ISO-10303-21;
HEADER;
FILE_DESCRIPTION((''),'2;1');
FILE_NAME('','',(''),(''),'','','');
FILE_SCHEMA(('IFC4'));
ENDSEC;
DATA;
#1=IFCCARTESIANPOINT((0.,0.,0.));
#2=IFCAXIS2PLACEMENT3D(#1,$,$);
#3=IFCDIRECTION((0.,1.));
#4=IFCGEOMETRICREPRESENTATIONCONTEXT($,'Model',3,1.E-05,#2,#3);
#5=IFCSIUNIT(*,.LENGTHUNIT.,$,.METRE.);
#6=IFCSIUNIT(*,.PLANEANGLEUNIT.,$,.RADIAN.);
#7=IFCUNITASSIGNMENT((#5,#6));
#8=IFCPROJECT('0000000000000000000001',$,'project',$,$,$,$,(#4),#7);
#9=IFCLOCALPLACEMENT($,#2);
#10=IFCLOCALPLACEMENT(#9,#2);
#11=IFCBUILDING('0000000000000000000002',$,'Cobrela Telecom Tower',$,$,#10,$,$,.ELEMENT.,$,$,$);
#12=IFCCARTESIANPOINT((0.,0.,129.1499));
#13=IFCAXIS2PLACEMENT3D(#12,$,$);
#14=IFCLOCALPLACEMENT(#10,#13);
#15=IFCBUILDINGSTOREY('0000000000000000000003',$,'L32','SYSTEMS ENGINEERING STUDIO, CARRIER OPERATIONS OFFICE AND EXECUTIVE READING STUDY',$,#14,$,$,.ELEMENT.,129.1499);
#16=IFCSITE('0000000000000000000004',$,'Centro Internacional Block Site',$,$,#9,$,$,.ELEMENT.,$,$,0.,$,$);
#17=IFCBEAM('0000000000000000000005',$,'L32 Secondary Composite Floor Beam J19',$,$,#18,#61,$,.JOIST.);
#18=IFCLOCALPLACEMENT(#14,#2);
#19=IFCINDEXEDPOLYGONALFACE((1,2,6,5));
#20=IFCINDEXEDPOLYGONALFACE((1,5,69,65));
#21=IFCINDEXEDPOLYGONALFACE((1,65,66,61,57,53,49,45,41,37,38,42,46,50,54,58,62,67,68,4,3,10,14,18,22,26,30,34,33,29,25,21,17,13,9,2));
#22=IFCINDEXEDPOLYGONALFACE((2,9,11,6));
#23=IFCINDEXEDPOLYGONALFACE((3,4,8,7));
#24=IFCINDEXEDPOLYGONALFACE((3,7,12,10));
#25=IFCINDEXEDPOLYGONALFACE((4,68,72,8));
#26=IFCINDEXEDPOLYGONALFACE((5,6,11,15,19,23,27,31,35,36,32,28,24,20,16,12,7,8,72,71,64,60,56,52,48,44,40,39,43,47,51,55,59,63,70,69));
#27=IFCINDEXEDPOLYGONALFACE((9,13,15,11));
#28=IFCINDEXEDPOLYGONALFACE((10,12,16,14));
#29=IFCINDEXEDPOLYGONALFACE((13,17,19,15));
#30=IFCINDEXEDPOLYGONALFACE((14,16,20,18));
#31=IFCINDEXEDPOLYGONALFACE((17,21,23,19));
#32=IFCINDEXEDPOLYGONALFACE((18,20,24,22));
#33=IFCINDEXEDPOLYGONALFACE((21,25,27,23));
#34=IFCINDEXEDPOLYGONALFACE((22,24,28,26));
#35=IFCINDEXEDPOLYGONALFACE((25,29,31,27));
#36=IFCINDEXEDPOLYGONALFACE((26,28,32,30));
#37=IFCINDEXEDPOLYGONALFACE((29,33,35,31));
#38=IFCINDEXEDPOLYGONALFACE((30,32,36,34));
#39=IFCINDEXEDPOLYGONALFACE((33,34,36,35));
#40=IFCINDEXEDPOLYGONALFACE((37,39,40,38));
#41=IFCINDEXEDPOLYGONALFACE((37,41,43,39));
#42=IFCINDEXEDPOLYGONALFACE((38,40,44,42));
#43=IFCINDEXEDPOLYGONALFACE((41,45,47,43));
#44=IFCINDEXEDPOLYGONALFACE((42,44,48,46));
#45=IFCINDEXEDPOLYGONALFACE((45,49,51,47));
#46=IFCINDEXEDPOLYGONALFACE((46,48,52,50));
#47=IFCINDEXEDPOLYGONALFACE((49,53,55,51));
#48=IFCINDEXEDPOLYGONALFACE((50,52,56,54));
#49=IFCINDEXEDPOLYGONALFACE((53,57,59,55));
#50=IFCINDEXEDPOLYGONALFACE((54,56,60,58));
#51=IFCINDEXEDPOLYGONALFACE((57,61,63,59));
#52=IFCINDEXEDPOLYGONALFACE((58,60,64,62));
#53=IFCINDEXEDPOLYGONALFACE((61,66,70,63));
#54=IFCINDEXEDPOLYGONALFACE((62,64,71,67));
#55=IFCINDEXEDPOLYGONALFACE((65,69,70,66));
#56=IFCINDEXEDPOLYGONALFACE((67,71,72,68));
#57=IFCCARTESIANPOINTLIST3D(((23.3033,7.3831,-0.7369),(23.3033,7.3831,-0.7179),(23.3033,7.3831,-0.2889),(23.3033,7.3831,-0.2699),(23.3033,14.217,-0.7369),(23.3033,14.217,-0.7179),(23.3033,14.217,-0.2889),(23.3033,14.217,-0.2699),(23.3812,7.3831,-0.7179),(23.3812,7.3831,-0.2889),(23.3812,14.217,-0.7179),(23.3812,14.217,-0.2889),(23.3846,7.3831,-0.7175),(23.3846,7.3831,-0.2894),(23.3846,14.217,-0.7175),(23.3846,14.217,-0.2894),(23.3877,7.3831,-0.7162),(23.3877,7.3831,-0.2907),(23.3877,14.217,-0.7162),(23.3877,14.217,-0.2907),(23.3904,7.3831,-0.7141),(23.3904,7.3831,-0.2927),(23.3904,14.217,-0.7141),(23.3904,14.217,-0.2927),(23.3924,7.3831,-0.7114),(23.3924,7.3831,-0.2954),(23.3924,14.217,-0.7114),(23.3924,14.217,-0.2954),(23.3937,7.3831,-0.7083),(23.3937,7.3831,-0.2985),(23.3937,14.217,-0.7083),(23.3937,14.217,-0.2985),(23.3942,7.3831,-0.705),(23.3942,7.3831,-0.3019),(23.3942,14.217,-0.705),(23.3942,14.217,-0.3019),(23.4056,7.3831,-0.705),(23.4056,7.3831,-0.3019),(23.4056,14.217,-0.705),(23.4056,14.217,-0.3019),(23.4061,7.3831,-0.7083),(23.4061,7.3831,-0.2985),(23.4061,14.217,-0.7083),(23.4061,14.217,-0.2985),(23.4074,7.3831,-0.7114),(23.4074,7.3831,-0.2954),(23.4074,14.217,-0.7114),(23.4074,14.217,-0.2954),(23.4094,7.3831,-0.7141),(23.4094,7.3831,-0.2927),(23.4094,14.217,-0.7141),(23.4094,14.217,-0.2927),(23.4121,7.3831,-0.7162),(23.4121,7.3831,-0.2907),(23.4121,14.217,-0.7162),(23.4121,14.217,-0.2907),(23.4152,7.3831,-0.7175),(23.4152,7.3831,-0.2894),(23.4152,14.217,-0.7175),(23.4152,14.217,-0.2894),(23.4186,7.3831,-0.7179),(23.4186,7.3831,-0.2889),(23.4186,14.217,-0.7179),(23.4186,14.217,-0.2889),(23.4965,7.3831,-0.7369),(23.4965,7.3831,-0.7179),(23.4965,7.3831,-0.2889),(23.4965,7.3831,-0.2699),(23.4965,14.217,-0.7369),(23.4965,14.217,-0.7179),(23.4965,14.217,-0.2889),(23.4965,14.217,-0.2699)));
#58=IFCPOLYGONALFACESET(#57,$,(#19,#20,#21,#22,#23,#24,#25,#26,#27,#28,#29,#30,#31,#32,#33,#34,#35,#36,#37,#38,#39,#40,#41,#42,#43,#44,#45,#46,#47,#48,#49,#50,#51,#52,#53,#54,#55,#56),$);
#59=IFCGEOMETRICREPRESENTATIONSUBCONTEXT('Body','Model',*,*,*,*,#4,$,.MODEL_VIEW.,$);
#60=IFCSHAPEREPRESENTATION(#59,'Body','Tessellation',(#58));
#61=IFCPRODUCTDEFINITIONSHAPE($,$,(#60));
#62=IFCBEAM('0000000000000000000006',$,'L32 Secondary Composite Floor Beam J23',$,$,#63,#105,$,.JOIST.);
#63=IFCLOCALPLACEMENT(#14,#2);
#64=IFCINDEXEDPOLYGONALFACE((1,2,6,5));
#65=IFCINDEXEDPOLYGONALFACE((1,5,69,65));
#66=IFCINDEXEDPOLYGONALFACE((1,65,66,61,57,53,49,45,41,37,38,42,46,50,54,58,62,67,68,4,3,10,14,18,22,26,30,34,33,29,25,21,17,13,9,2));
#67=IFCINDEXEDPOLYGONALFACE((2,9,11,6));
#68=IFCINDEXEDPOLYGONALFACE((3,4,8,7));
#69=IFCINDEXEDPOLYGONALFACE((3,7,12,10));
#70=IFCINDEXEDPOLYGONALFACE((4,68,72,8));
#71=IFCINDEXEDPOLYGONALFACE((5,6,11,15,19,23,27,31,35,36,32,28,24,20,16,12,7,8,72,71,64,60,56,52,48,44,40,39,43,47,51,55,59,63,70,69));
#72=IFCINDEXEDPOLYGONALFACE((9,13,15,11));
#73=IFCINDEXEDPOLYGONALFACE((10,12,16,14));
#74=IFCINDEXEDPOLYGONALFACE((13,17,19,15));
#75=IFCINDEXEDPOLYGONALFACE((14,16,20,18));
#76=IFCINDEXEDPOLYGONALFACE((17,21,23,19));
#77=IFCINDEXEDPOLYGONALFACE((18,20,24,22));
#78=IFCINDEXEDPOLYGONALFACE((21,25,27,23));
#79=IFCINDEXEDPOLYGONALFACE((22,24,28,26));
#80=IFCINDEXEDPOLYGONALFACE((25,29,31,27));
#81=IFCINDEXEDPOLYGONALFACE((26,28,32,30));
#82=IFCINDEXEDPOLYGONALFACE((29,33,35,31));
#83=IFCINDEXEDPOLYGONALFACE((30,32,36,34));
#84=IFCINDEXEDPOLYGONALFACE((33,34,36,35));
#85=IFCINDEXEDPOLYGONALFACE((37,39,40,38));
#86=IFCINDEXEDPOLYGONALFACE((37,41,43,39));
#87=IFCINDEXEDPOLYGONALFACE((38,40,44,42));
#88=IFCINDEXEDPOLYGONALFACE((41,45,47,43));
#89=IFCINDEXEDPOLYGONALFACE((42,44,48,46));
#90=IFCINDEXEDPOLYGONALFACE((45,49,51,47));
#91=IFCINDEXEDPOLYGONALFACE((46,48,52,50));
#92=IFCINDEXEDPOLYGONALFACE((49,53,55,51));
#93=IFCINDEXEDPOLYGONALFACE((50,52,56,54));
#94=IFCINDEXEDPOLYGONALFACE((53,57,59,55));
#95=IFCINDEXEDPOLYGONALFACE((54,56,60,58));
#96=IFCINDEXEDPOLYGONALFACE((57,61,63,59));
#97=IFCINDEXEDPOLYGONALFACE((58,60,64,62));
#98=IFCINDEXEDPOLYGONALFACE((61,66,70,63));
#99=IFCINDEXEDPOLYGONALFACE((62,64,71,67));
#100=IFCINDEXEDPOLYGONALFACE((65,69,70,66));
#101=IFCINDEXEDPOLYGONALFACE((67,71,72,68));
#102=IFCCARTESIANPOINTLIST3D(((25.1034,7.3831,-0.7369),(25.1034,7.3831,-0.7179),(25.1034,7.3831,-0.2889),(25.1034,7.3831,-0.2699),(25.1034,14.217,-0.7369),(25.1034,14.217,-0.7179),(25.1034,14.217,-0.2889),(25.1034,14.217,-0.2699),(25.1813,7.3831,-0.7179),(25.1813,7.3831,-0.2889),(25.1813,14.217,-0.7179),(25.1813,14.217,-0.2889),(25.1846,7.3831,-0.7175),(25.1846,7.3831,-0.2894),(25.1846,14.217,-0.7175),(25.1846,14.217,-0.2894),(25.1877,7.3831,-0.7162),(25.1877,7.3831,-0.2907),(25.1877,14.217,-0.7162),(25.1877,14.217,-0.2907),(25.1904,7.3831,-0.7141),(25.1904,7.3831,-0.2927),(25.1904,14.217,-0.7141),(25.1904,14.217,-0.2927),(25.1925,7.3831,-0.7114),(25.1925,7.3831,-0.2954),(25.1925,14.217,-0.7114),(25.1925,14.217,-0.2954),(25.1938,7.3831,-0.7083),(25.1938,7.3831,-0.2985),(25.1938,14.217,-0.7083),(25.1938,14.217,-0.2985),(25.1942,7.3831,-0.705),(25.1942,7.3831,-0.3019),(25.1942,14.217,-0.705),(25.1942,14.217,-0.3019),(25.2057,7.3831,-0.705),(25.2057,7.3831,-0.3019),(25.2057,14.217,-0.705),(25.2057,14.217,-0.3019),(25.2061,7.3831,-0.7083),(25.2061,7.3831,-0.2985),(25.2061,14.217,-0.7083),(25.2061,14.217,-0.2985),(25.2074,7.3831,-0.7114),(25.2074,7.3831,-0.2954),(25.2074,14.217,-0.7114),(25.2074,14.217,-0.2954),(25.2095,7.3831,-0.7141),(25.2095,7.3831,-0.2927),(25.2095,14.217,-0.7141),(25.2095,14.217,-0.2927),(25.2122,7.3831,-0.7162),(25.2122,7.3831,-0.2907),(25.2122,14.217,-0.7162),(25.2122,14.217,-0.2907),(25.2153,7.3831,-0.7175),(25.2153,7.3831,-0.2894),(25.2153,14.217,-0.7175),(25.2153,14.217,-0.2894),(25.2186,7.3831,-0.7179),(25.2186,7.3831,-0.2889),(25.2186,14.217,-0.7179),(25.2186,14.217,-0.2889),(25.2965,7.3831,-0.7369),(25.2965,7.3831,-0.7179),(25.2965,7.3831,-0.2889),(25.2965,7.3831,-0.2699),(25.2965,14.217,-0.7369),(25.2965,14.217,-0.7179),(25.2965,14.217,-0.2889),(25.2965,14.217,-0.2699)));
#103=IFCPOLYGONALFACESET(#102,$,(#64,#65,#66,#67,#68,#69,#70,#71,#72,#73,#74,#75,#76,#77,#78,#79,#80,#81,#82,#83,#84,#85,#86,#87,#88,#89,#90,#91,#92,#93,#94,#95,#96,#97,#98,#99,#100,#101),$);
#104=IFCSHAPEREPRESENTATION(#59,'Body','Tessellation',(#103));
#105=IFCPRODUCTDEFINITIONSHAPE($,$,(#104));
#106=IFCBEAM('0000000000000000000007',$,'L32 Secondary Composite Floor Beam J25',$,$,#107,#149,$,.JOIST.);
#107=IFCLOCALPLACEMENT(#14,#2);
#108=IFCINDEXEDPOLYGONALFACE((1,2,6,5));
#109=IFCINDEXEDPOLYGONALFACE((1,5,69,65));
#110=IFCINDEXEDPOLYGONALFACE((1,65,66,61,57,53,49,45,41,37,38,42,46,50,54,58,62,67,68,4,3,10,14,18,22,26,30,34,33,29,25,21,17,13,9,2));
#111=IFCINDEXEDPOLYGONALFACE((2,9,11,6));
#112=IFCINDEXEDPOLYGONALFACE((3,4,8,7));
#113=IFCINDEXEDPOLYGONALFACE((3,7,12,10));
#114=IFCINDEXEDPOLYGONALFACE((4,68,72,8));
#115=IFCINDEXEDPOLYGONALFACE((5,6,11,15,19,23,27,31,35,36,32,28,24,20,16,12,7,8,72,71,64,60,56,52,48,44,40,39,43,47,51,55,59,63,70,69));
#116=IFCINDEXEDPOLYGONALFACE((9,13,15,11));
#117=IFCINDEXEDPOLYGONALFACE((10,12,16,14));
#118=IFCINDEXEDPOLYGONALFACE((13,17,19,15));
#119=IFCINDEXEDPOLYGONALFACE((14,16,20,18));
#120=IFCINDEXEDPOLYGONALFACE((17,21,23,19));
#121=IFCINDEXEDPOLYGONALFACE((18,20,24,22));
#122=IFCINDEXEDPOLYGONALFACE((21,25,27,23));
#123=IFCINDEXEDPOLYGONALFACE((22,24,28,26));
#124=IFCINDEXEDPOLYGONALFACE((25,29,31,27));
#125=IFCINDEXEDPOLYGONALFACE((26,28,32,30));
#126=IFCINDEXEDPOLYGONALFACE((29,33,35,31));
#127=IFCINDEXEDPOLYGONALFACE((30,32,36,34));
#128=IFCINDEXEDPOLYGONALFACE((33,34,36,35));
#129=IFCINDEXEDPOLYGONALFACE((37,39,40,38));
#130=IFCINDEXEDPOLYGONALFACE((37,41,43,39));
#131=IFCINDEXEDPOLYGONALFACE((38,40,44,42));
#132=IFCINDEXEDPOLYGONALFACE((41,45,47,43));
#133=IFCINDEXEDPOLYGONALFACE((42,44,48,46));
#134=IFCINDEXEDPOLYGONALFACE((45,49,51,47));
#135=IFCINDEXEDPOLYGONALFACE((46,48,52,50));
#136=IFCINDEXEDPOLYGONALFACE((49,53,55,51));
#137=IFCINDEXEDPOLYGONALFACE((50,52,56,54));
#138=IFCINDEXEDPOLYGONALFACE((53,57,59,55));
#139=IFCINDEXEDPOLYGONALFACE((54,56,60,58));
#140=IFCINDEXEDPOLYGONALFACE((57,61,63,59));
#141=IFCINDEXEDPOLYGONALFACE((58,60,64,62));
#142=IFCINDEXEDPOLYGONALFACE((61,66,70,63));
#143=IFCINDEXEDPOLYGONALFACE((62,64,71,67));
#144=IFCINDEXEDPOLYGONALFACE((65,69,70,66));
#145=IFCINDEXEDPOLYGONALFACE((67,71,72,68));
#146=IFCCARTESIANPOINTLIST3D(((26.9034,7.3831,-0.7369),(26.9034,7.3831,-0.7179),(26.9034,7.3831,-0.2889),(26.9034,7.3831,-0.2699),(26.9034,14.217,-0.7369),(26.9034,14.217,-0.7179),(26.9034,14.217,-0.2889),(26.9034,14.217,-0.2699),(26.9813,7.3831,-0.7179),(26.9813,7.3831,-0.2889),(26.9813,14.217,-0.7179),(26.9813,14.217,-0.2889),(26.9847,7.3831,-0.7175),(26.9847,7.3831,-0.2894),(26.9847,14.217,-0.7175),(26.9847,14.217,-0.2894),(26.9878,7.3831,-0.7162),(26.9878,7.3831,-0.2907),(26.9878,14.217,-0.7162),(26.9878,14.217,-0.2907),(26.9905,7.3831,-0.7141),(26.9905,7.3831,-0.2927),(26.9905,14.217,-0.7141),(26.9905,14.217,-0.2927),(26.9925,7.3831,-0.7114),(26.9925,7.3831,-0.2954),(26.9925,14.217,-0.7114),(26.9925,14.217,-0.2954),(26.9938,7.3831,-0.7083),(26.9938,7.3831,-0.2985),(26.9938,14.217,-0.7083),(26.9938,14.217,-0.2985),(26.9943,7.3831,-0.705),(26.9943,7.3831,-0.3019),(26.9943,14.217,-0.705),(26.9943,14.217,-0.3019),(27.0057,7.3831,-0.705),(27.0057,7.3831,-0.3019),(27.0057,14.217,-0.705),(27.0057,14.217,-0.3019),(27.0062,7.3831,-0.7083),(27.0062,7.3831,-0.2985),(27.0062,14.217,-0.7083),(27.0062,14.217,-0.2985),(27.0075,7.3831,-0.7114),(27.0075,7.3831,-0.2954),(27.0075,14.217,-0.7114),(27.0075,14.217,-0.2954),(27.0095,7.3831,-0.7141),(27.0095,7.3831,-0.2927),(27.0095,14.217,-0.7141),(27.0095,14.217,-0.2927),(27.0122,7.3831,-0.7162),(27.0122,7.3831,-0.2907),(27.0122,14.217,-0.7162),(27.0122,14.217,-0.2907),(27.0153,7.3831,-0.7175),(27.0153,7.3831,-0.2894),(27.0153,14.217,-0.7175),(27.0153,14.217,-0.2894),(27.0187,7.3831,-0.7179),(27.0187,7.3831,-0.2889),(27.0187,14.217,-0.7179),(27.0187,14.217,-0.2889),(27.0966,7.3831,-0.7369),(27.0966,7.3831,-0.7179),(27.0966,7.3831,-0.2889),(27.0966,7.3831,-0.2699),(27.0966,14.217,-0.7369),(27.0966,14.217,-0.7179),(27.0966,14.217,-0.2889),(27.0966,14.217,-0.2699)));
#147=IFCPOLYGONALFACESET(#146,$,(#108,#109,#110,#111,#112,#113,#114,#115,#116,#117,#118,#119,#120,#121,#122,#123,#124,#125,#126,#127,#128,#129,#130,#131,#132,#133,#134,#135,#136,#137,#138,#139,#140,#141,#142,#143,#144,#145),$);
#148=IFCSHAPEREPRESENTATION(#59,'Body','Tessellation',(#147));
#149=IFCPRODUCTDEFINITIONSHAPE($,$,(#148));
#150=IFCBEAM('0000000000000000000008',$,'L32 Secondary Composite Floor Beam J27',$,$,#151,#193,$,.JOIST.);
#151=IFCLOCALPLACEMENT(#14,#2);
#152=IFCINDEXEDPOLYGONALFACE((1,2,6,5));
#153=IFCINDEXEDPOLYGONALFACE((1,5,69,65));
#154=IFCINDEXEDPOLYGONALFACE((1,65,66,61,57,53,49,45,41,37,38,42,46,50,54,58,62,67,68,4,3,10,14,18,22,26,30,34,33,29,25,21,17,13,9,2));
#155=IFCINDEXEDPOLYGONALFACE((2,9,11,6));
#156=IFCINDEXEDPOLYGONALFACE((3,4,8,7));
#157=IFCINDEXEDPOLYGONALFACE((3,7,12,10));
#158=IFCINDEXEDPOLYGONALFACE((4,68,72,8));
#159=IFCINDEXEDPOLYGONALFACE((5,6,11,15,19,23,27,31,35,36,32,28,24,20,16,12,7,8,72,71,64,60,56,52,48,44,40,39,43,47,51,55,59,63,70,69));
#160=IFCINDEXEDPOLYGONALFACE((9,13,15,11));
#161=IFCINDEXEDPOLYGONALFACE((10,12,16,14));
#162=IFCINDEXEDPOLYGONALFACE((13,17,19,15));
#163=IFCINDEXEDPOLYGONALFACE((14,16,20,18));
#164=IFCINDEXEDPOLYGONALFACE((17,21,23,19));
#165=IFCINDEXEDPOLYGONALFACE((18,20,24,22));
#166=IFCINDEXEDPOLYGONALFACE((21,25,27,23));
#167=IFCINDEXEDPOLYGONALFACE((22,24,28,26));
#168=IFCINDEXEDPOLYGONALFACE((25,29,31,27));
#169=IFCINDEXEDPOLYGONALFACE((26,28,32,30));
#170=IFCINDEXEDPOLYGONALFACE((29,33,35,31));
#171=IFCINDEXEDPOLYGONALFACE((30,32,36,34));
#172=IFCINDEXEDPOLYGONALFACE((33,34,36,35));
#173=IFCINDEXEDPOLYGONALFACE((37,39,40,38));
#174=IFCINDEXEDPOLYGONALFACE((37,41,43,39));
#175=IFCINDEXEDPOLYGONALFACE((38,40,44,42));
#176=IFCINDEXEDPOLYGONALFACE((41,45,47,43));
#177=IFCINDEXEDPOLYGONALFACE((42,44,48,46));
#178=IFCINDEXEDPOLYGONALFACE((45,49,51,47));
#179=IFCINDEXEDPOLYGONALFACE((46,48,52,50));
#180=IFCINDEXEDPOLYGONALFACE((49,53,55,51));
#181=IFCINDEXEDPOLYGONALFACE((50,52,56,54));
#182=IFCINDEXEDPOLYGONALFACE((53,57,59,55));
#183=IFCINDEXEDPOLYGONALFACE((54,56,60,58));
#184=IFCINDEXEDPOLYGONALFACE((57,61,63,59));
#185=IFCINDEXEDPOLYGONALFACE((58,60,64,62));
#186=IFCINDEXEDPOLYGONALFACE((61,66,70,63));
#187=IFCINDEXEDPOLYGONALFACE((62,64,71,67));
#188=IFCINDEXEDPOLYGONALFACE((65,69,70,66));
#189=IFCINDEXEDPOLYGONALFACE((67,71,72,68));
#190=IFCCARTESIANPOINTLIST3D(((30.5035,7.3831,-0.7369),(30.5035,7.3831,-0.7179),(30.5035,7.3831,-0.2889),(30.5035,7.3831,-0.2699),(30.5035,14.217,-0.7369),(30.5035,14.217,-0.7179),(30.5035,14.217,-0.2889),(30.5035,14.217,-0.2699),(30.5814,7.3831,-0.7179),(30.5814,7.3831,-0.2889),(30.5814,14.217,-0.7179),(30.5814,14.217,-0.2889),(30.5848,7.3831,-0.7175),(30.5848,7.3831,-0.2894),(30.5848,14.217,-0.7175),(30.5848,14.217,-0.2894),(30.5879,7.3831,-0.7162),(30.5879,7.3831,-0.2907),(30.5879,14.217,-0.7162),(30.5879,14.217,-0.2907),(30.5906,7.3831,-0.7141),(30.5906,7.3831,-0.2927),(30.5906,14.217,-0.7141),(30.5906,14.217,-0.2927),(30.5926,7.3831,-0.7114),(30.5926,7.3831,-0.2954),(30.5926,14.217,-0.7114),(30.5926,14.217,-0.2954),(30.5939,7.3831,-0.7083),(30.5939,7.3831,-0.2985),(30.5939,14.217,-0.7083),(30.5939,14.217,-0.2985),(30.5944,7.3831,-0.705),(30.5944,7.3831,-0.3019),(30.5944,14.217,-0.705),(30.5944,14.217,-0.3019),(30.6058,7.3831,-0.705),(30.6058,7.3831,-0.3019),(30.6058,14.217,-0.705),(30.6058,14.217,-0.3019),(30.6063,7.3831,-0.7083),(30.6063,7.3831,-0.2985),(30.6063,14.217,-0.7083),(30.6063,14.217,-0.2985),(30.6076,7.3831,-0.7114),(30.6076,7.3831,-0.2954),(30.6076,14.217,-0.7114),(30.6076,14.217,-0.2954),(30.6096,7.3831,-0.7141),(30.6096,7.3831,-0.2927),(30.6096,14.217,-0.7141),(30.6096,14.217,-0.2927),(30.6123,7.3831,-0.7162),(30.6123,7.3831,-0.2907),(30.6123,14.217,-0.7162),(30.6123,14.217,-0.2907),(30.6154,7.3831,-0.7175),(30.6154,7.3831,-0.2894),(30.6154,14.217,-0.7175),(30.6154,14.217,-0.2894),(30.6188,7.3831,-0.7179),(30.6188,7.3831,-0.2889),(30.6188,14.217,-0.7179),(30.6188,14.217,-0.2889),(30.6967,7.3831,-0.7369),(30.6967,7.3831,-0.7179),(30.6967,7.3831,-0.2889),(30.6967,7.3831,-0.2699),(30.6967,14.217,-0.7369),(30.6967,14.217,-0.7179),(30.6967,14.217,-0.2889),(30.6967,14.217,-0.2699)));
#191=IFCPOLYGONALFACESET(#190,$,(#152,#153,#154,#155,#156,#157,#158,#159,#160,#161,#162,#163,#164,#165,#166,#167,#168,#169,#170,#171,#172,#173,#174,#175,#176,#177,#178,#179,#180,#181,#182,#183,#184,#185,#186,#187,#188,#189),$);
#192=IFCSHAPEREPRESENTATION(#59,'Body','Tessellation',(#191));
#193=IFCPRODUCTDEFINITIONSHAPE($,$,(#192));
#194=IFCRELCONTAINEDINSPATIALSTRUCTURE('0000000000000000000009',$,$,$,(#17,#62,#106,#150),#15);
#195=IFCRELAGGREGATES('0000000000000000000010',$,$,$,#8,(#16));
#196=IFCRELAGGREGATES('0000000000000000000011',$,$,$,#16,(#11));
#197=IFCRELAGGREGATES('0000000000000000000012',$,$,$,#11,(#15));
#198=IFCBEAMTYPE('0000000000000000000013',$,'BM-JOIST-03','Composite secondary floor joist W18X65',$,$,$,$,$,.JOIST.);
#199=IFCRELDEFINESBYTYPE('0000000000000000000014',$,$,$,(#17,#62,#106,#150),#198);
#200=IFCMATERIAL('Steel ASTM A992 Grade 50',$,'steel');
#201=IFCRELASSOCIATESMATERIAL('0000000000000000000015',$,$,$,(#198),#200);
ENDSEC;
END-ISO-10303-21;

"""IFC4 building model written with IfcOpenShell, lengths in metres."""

from ifc_helpers import new_model, si_unit, direction, frame, origin, origin_2d, place, context, subcontext, project, spatial, i_section, extrude, material, material_profile, profile_set, type_object, element, save


model = new_model("IFC4")

# Units and contexts
model_context = context("Model", 3, precision=1e-05, world=origin(), true_north=direction((0.0, 1.0)))
body_context = subcontext(model_context, "Body", "Model", "MODEL_VIEW")
ifc_project = project(units=[si_unit("LENGTHUNIT", "METRE"), si_unit("PLANEANGLEUNIT", "RADIAN")], contexts=[model_context])

# Site, building, storey
site_placement = place(None, origin())
site = spatial("IfcSite", under=ifc_project, at=site_placement, Name="Centro Internacional Block Site", CompositionType="ELEMENT", RefElevation=0.0)
building_placement = place(site_placement, origin())
building = spatial("IfcBuilding", under=site, at=building_placement, Name="Cobrela Telecom Tower", CompositionType="ELEMENT")
storey_placement = place(building_placement, frame((0.0, 0.0, 129.1499)))
storey = spatial("IfcBuildingStorey", under=building, at=storey_placement, Name="L32", Description="SYSTEMS ENGINEERING STUDIO, CARRIER OPERATIONS OFFICE AND EXECUTIVE READING STUDY", CompositionType="ELEMENT", Elevation=129.1499)

# Shared definitions
ifc_material_1 = material(Name="Steel ASTM A992 Grade 50", Category="steel")

# Beams
ifc_material_profile_1 = material_profile(ifc_material_1, i_section(OverallWidth=0.1931, OverallDepth=0.467, WebThickness=0.0115, FlangeThickness=0.019, FilletRadius=0.0129, at=origin_2d()), Name="W18X65")
ifc_profile_set_1 = profile_set([ifc_material_profile_1], Name="Steel ASTM A992 Grade 50")
beam_type_1 = type_object("IfcBeamType", Name="BM-JOIST-03", Description="Composite secondary floor joist W18X65", PredefinedType="JOIST", material=ifc_profile_set_1)
for number, where, z_axis, x_axis, name in (
    (1, (23.3999, 7.3831, -0.5034), (0.0, 1.0, 0.0), (-1.0, 0.0, 0.0), "L32 Secondary Composite Floor Beam J19"),
    (2, (25.2, 7.3831, -0.5034), (0.0, 1.0, 0.0), (-1.0, 0.0, 0.0), "L32 Secondary Composite Floor Beam J23"),
    (3, (27.0, 7.3831, -0.5034), (0.0, 1.0, 0.0), (-1.0, 0.0, 0.0), "L32 Secondary Composite Floor Beam J25"),
    (4, (30.6001, 7.3831, -0.5034), (0.0, 1.0, 0.0), (-1.0, 0.0, 0.0), "L32 Secondary Composite Floor Beam J27"),
):
    element("IfcBeam", number, at=place(storey_placement, frame(where, z_axis=z_axis, x_axis=x_axis)), inside=storey, type_object=beam_type_1, Name=name, PredefinedType="JOIST", context=body_context, shape_type="SweptSolid", body=[
        extrude(i_section(OverallWidth=0.1931, OverallDepth=0.467, WebThickness=0.0115, FlangeThickness=0.019, FilletRadius=0.0129, at=origin_2d()), origin(), (0.0, 0.0, 1.0), 6.834),
    ])

save(model, "model.ifc")
